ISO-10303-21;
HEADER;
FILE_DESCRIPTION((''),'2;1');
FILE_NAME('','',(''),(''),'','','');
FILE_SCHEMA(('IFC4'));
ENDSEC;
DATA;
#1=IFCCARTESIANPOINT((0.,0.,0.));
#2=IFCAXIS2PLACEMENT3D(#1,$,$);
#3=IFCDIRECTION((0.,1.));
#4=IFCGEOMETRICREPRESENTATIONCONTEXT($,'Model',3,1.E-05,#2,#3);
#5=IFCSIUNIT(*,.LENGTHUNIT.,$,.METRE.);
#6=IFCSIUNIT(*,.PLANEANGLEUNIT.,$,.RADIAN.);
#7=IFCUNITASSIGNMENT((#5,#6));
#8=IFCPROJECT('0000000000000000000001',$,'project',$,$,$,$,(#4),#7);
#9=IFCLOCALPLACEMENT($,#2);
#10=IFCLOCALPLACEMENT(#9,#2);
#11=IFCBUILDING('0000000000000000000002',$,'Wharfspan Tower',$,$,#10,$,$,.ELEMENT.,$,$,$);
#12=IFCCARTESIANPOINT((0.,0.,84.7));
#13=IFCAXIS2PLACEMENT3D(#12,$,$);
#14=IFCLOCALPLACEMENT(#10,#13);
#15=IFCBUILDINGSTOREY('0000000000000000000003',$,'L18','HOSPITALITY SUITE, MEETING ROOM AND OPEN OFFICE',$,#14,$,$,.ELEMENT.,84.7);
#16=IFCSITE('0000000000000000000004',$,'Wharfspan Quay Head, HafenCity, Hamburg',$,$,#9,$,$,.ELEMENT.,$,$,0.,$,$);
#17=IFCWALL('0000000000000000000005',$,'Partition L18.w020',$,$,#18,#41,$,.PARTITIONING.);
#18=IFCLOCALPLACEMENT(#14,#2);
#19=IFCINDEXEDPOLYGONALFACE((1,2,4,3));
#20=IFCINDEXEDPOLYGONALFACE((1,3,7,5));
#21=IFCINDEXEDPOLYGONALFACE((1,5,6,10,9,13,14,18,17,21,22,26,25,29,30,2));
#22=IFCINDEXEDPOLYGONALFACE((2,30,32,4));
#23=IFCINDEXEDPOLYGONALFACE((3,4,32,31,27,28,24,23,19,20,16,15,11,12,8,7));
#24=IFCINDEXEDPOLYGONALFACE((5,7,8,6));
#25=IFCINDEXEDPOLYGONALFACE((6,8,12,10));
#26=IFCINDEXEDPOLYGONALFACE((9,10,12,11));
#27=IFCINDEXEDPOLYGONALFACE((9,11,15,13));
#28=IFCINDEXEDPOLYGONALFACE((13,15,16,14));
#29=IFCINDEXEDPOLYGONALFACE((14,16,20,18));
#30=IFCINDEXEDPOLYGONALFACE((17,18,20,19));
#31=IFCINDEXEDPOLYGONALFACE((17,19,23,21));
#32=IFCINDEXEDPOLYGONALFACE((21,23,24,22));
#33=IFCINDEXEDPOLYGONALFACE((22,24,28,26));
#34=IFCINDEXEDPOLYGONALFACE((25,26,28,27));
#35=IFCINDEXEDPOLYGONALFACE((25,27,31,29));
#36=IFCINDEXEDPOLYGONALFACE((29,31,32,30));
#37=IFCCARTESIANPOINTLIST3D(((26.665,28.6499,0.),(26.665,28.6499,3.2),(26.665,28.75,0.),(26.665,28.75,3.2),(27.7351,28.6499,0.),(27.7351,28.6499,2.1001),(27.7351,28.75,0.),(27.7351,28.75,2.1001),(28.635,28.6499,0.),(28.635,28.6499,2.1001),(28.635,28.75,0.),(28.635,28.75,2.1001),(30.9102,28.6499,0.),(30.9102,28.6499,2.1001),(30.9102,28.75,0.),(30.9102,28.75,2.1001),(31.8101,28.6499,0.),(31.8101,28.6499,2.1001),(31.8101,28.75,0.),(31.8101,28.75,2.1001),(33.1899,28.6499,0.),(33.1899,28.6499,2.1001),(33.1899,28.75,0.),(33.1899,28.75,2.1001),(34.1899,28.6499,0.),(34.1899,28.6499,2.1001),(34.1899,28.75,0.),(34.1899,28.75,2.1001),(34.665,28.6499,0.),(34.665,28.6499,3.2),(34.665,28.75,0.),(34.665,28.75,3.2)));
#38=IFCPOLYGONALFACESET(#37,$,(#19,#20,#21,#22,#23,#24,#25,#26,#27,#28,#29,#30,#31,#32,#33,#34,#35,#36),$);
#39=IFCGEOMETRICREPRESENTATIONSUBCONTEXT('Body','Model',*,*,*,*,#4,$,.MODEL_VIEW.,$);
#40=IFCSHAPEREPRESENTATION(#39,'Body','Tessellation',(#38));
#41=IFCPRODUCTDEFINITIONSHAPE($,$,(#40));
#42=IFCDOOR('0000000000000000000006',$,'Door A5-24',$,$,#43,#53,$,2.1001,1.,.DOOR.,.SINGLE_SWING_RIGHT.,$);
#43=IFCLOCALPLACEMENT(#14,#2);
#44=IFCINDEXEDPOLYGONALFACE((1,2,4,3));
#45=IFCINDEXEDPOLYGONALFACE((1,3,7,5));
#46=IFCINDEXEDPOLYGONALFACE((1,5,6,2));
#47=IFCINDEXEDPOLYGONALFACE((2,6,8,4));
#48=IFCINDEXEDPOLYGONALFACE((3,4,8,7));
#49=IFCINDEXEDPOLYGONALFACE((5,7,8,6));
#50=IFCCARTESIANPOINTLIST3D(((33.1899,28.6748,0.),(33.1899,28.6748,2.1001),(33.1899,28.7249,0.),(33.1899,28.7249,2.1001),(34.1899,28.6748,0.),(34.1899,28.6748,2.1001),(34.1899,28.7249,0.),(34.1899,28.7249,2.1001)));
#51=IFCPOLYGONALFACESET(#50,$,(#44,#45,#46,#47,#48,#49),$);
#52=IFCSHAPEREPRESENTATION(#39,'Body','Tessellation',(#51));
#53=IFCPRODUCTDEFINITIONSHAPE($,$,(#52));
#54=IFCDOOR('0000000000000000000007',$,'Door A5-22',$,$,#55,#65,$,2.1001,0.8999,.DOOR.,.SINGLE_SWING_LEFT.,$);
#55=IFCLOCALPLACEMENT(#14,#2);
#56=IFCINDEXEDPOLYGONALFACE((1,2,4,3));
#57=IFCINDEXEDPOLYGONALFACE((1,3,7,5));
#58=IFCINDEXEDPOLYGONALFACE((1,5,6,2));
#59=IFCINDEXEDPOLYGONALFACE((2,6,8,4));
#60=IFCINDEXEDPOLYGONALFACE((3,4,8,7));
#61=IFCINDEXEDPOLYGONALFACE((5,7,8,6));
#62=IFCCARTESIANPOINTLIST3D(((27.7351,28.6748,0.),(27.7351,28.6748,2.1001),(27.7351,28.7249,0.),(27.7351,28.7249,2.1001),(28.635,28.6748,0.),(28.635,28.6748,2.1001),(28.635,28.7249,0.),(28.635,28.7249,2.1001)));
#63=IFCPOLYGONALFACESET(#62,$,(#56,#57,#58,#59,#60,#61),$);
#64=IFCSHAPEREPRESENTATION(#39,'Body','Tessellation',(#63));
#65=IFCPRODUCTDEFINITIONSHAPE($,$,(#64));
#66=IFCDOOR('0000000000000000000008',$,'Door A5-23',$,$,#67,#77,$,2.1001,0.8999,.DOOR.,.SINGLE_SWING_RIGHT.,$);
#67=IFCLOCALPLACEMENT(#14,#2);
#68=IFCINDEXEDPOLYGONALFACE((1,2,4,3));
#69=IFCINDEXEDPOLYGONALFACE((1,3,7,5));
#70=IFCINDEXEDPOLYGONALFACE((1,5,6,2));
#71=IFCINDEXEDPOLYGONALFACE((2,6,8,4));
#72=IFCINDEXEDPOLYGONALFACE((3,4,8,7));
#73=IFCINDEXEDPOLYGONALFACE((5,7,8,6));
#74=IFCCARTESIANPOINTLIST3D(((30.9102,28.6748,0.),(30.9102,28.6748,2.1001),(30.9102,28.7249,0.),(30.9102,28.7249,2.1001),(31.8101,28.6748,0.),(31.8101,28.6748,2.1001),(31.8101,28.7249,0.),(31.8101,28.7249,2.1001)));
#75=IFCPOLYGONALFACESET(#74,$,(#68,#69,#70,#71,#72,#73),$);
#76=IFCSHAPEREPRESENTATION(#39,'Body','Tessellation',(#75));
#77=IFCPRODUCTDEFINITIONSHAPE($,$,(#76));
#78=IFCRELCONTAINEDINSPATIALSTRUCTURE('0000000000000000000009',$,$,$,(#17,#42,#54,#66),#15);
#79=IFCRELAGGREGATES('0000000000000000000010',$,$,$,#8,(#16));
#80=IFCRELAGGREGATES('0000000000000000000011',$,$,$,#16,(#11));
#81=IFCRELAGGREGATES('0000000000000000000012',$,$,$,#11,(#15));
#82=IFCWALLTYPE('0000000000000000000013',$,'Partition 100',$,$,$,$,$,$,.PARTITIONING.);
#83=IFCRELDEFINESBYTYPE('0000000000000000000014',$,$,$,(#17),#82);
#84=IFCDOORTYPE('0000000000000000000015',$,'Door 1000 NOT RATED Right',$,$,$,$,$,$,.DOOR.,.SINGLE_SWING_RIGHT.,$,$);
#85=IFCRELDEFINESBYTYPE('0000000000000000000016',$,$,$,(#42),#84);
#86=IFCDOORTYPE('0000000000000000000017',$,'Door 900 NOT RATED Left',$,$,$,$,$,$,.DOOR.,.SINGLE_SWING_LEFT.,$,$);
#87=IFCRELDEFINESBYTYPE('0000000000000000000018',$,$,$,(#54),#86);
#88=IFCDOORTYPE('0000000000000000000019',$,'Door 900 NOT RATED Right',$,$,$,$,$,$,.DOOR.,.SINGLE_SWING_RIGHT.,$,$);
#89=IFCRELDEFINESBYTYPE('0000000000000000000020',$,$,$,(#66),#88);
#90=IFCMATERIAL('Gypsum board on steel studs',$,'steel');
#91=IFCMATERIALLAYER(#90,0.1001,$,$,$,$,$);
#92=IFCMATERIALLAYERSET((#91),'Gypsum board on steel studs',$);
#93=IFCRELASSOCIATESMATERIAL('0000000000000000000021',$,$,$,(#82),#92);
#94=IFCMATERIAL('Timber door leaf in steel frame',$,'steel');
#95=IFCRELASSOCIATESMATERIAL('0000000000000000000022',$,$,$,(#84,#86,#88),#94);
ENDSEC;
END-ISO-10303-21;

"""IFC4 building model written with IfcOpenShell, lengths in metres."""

from ifc_helpers import new_model, si_unit, direction, frame, frame_2d, origin, place, context, subcontext, project, spatial, rectangle, extrude, material, layer, layer_set, type_object, element, fill, save


model = new_model("IFC4")

# Units and contexts
model_context = context("Model", 3, precision=1e-05, world=origin(), true_north=direction((0.0, 1.0)))
body_context = subcontext(model_context, "Body", "Model", "MODEL_VIEW")
ifc_project = project(units=[si_unit("LENGTHUNIT", "METRE"), si_unit("PLANEANGLEUNIT", "RADIAN")], contexts=[model_context])

# Site, building, storey
site_placement = place(None, origin())
site = spatial("IfcSite", under=ifc_project, at=site_placement, Name="Wharfspan Quay Head, HafenCity, Hamburg", CompositionType="ELEMENT", RefElevation=0.0)
building_placement = place(site_placement, origin())
building = spatial("IfcBuilding", under=site, at=building_placement, Name="Wharfspan Tower", CompositionType="ELEMENT")
storey_placement = place(building_placement, frame((0.0, 0.0, 84.7)))
storey = spatial("IfcBuildingStorey", under=building, at=storey_placement, Name="L18", Description="HOSPITALITY SUITE, MEETING ROOM AND OPEN OFFICE", CompositionType="ELEMENT", Elevation=84.7)

# Shared definitions
ifc_material_1 = material(Name="Gypsum board on steel studs", Category="steel")

# Wall, openings, doors
ifc_layer_1 = layer(ifc_material_1, 0.1001)
ifc_layer_set_1 = layer_set([ifc_layer_1], Name="Gypsum board on steel studs")
wall_type_1 = type_object("IfcWallType", Name="Partition 100", PredefinedType="PARTITIONING", material=ifc_layer_set_1)
wall_1_placement = place(storey_placement, frame((26.665, 28.7, 0.0), z_axis=(0.0, 0.0, 1.0), x_axis=(1.0, 0.0, 0.0)))
wall_1 = element("IfcWall", 1, at=wall_1_placement, inside=storey, type_object=wall_type_1, Name="Partition L18.w020", PredefinedType="PARTITIONING", context=body_context, shape_type="SweptSolid", body=[
    extrude(rectangle(XDim=8.0, YDim=0.1001, at=frame_2d((4.0, 0.0))), origin(), (0.0, 0.0, 1.0), 3.2),
])
opening_1_placement = place(wall_1_placement, frame((1.0701, 0.0, 0.0)))
opening_1 = element("IfcOpeningElement", 2, at=opening_1_placement, cuts=wall_1, PredefinedType="OPENING", context=body_context, shape_type="SweptSolid", body=[
    extrude(rectangle(XDim=0.8999, YDim=2.1001, at=frame_2d((0.45, 1.05))), frame((0.0, 0.0601, 0.0), z_axis=(0.0, -1.0, 0.0), x_axis=(1.0, 0.0, 0.0)), (0.0, 0.0, 1.0), 0.1201),
])
opening_2_placement = place(wall_1_placement, frame((4.2451, 0.0, 0.0)))
opening_2 = element("IfcOpeningElement", 3, at=opening_2_placement, cuts=wall_1, PredefinedType="OPENING", context=body_context, shape_type="SweptSolid", body=[
    extrude(rectangle(XDim=0.8999, YDim=2.1001, at=frame_2d((0.45, 1.05))), frame((0.0, 0.0601, 0.0), z_axis=(0.0, -1.0, 0.0), x_axis=(1.0, 0.0, 0.0)), (0.0, 0.0, 1.0), 0.1201),
])
opening_3_placement = place(wall_1_placement, frame((6.5249, 0.0, 0.0)))
opening_3 = element("IfcOpeningElement", 4, at=opening_3_placement, cuts=wall_1, PredefinedType="OPENING", context=body_context, shape_type="SweptSolid", body=[
    extrude(rectangle(XDim=1.0, YDim=2.1001, at=frame_2d((0.5, 1.05))), frame((0.0, 0.0601, 0.0), z_axis=(0.0, -1.0, 0.0), x_axis=(1.0, 0.0, 0.0)), (0.0, 0.0, 1.0), 0.1201),
])
ifc_material_2 = material(Name="Timber door leaf in steel frame", Category="steel")
door_type_1 = type_object("IfcDoorType", Name="Door 1000 NOT RATED Right", OperationType="SINGLE_SWING_RIGHT", PredefinedType="DOOR", material=ifc_material_2)
door_1_placement = place(opening_3_placement, origin())
door_1 = element("IfcDoor", 5, at=door_1_placement, inside=storey, type_object=door_type_1, Name="Door A5-24", OperationType="SINGLE_SWING_RIGHT", OverallHeight=2.1001, OverallWidth=1.0, PredefinedType="DOOR", context=body_context, shape_type="SweptSolid", body=[
    extrude(rectangle(XDim=1.0, YDim=2.1001, at=frame_2d((0.5, 1.05))), frame((0.0, 0.0249, 0.0), z_axis=(0.0, -1.0, 0.0), x_axis=(1.0, 0.0, 0.0)), (0.0, 0.0, 1.0), 0.05),
])
fill(opening_3, door_1)
door_type_2 = type_object("IfcDoorType", Name="Door 900 NOT RATED Left", OperationType="SINGLE_SWING_LEFT", PredefinedType="DOOR", material=ifc_material_2)
door_2_placement = place(opening_1_placement, origin())
door_2 = element("IfcDoor", 6, at=door_2_placement, inside=storey, type_object=door_type_2, Name="Door A5-22", OperationType="SINGLE_SWING_LEFT", OverallHeight=2.1001, OverallWidth=0.8999, PredefinedType="DOOR", context=body_context, shape_type="SweptSolid", body=[
    extrude(rectangle(XDim=0.8999, YDim=2.1001, at=frame_2d((0.45, 1.05))), frame((0.0, 0.0249, 0.0), z_axis=(0.0, -1.0, 0.0), x_axis=(1.0, 0.0, 0.0)), (0.0, 0.0, 1.0), 0.05),
])
fill(opening_1, door_2)
door_type_3 = type_object("IfcDoorType", Name="Door 900 NOT RATED Right", OperationType="SINGLE_SWING_RIGHT", PredefinedType="DOOR", material=ifc_material_2)
door_3_placement = place(opening_2_placement, origin())
door_3 = element("IfcDoor", 7, at=door_3_placement, inside=storey, type_object=door_type_3, Name="Door A5-23", OperationType="SINGLE_SWING_RIGHT", OverallHeight=2.1001, OverallWidth=0.8999, PredefinedType="DOOR", context=body_context, shape_type="SweptSolid", body=[
    extrude(rectangle(XDim=0.8999, YDim=2.1001, at=frame_2d((0.45, 1.05))), frame((0.0, 0.0249, 0.0), z_axis=(0.0, -1.0, 0.0), x_axis=(1.0, 0.0, 0.0)), (0.0, 0.0, 1.0), 0.05),
])
fill(opening_2, door_3)

save(model, "model.ifc")
